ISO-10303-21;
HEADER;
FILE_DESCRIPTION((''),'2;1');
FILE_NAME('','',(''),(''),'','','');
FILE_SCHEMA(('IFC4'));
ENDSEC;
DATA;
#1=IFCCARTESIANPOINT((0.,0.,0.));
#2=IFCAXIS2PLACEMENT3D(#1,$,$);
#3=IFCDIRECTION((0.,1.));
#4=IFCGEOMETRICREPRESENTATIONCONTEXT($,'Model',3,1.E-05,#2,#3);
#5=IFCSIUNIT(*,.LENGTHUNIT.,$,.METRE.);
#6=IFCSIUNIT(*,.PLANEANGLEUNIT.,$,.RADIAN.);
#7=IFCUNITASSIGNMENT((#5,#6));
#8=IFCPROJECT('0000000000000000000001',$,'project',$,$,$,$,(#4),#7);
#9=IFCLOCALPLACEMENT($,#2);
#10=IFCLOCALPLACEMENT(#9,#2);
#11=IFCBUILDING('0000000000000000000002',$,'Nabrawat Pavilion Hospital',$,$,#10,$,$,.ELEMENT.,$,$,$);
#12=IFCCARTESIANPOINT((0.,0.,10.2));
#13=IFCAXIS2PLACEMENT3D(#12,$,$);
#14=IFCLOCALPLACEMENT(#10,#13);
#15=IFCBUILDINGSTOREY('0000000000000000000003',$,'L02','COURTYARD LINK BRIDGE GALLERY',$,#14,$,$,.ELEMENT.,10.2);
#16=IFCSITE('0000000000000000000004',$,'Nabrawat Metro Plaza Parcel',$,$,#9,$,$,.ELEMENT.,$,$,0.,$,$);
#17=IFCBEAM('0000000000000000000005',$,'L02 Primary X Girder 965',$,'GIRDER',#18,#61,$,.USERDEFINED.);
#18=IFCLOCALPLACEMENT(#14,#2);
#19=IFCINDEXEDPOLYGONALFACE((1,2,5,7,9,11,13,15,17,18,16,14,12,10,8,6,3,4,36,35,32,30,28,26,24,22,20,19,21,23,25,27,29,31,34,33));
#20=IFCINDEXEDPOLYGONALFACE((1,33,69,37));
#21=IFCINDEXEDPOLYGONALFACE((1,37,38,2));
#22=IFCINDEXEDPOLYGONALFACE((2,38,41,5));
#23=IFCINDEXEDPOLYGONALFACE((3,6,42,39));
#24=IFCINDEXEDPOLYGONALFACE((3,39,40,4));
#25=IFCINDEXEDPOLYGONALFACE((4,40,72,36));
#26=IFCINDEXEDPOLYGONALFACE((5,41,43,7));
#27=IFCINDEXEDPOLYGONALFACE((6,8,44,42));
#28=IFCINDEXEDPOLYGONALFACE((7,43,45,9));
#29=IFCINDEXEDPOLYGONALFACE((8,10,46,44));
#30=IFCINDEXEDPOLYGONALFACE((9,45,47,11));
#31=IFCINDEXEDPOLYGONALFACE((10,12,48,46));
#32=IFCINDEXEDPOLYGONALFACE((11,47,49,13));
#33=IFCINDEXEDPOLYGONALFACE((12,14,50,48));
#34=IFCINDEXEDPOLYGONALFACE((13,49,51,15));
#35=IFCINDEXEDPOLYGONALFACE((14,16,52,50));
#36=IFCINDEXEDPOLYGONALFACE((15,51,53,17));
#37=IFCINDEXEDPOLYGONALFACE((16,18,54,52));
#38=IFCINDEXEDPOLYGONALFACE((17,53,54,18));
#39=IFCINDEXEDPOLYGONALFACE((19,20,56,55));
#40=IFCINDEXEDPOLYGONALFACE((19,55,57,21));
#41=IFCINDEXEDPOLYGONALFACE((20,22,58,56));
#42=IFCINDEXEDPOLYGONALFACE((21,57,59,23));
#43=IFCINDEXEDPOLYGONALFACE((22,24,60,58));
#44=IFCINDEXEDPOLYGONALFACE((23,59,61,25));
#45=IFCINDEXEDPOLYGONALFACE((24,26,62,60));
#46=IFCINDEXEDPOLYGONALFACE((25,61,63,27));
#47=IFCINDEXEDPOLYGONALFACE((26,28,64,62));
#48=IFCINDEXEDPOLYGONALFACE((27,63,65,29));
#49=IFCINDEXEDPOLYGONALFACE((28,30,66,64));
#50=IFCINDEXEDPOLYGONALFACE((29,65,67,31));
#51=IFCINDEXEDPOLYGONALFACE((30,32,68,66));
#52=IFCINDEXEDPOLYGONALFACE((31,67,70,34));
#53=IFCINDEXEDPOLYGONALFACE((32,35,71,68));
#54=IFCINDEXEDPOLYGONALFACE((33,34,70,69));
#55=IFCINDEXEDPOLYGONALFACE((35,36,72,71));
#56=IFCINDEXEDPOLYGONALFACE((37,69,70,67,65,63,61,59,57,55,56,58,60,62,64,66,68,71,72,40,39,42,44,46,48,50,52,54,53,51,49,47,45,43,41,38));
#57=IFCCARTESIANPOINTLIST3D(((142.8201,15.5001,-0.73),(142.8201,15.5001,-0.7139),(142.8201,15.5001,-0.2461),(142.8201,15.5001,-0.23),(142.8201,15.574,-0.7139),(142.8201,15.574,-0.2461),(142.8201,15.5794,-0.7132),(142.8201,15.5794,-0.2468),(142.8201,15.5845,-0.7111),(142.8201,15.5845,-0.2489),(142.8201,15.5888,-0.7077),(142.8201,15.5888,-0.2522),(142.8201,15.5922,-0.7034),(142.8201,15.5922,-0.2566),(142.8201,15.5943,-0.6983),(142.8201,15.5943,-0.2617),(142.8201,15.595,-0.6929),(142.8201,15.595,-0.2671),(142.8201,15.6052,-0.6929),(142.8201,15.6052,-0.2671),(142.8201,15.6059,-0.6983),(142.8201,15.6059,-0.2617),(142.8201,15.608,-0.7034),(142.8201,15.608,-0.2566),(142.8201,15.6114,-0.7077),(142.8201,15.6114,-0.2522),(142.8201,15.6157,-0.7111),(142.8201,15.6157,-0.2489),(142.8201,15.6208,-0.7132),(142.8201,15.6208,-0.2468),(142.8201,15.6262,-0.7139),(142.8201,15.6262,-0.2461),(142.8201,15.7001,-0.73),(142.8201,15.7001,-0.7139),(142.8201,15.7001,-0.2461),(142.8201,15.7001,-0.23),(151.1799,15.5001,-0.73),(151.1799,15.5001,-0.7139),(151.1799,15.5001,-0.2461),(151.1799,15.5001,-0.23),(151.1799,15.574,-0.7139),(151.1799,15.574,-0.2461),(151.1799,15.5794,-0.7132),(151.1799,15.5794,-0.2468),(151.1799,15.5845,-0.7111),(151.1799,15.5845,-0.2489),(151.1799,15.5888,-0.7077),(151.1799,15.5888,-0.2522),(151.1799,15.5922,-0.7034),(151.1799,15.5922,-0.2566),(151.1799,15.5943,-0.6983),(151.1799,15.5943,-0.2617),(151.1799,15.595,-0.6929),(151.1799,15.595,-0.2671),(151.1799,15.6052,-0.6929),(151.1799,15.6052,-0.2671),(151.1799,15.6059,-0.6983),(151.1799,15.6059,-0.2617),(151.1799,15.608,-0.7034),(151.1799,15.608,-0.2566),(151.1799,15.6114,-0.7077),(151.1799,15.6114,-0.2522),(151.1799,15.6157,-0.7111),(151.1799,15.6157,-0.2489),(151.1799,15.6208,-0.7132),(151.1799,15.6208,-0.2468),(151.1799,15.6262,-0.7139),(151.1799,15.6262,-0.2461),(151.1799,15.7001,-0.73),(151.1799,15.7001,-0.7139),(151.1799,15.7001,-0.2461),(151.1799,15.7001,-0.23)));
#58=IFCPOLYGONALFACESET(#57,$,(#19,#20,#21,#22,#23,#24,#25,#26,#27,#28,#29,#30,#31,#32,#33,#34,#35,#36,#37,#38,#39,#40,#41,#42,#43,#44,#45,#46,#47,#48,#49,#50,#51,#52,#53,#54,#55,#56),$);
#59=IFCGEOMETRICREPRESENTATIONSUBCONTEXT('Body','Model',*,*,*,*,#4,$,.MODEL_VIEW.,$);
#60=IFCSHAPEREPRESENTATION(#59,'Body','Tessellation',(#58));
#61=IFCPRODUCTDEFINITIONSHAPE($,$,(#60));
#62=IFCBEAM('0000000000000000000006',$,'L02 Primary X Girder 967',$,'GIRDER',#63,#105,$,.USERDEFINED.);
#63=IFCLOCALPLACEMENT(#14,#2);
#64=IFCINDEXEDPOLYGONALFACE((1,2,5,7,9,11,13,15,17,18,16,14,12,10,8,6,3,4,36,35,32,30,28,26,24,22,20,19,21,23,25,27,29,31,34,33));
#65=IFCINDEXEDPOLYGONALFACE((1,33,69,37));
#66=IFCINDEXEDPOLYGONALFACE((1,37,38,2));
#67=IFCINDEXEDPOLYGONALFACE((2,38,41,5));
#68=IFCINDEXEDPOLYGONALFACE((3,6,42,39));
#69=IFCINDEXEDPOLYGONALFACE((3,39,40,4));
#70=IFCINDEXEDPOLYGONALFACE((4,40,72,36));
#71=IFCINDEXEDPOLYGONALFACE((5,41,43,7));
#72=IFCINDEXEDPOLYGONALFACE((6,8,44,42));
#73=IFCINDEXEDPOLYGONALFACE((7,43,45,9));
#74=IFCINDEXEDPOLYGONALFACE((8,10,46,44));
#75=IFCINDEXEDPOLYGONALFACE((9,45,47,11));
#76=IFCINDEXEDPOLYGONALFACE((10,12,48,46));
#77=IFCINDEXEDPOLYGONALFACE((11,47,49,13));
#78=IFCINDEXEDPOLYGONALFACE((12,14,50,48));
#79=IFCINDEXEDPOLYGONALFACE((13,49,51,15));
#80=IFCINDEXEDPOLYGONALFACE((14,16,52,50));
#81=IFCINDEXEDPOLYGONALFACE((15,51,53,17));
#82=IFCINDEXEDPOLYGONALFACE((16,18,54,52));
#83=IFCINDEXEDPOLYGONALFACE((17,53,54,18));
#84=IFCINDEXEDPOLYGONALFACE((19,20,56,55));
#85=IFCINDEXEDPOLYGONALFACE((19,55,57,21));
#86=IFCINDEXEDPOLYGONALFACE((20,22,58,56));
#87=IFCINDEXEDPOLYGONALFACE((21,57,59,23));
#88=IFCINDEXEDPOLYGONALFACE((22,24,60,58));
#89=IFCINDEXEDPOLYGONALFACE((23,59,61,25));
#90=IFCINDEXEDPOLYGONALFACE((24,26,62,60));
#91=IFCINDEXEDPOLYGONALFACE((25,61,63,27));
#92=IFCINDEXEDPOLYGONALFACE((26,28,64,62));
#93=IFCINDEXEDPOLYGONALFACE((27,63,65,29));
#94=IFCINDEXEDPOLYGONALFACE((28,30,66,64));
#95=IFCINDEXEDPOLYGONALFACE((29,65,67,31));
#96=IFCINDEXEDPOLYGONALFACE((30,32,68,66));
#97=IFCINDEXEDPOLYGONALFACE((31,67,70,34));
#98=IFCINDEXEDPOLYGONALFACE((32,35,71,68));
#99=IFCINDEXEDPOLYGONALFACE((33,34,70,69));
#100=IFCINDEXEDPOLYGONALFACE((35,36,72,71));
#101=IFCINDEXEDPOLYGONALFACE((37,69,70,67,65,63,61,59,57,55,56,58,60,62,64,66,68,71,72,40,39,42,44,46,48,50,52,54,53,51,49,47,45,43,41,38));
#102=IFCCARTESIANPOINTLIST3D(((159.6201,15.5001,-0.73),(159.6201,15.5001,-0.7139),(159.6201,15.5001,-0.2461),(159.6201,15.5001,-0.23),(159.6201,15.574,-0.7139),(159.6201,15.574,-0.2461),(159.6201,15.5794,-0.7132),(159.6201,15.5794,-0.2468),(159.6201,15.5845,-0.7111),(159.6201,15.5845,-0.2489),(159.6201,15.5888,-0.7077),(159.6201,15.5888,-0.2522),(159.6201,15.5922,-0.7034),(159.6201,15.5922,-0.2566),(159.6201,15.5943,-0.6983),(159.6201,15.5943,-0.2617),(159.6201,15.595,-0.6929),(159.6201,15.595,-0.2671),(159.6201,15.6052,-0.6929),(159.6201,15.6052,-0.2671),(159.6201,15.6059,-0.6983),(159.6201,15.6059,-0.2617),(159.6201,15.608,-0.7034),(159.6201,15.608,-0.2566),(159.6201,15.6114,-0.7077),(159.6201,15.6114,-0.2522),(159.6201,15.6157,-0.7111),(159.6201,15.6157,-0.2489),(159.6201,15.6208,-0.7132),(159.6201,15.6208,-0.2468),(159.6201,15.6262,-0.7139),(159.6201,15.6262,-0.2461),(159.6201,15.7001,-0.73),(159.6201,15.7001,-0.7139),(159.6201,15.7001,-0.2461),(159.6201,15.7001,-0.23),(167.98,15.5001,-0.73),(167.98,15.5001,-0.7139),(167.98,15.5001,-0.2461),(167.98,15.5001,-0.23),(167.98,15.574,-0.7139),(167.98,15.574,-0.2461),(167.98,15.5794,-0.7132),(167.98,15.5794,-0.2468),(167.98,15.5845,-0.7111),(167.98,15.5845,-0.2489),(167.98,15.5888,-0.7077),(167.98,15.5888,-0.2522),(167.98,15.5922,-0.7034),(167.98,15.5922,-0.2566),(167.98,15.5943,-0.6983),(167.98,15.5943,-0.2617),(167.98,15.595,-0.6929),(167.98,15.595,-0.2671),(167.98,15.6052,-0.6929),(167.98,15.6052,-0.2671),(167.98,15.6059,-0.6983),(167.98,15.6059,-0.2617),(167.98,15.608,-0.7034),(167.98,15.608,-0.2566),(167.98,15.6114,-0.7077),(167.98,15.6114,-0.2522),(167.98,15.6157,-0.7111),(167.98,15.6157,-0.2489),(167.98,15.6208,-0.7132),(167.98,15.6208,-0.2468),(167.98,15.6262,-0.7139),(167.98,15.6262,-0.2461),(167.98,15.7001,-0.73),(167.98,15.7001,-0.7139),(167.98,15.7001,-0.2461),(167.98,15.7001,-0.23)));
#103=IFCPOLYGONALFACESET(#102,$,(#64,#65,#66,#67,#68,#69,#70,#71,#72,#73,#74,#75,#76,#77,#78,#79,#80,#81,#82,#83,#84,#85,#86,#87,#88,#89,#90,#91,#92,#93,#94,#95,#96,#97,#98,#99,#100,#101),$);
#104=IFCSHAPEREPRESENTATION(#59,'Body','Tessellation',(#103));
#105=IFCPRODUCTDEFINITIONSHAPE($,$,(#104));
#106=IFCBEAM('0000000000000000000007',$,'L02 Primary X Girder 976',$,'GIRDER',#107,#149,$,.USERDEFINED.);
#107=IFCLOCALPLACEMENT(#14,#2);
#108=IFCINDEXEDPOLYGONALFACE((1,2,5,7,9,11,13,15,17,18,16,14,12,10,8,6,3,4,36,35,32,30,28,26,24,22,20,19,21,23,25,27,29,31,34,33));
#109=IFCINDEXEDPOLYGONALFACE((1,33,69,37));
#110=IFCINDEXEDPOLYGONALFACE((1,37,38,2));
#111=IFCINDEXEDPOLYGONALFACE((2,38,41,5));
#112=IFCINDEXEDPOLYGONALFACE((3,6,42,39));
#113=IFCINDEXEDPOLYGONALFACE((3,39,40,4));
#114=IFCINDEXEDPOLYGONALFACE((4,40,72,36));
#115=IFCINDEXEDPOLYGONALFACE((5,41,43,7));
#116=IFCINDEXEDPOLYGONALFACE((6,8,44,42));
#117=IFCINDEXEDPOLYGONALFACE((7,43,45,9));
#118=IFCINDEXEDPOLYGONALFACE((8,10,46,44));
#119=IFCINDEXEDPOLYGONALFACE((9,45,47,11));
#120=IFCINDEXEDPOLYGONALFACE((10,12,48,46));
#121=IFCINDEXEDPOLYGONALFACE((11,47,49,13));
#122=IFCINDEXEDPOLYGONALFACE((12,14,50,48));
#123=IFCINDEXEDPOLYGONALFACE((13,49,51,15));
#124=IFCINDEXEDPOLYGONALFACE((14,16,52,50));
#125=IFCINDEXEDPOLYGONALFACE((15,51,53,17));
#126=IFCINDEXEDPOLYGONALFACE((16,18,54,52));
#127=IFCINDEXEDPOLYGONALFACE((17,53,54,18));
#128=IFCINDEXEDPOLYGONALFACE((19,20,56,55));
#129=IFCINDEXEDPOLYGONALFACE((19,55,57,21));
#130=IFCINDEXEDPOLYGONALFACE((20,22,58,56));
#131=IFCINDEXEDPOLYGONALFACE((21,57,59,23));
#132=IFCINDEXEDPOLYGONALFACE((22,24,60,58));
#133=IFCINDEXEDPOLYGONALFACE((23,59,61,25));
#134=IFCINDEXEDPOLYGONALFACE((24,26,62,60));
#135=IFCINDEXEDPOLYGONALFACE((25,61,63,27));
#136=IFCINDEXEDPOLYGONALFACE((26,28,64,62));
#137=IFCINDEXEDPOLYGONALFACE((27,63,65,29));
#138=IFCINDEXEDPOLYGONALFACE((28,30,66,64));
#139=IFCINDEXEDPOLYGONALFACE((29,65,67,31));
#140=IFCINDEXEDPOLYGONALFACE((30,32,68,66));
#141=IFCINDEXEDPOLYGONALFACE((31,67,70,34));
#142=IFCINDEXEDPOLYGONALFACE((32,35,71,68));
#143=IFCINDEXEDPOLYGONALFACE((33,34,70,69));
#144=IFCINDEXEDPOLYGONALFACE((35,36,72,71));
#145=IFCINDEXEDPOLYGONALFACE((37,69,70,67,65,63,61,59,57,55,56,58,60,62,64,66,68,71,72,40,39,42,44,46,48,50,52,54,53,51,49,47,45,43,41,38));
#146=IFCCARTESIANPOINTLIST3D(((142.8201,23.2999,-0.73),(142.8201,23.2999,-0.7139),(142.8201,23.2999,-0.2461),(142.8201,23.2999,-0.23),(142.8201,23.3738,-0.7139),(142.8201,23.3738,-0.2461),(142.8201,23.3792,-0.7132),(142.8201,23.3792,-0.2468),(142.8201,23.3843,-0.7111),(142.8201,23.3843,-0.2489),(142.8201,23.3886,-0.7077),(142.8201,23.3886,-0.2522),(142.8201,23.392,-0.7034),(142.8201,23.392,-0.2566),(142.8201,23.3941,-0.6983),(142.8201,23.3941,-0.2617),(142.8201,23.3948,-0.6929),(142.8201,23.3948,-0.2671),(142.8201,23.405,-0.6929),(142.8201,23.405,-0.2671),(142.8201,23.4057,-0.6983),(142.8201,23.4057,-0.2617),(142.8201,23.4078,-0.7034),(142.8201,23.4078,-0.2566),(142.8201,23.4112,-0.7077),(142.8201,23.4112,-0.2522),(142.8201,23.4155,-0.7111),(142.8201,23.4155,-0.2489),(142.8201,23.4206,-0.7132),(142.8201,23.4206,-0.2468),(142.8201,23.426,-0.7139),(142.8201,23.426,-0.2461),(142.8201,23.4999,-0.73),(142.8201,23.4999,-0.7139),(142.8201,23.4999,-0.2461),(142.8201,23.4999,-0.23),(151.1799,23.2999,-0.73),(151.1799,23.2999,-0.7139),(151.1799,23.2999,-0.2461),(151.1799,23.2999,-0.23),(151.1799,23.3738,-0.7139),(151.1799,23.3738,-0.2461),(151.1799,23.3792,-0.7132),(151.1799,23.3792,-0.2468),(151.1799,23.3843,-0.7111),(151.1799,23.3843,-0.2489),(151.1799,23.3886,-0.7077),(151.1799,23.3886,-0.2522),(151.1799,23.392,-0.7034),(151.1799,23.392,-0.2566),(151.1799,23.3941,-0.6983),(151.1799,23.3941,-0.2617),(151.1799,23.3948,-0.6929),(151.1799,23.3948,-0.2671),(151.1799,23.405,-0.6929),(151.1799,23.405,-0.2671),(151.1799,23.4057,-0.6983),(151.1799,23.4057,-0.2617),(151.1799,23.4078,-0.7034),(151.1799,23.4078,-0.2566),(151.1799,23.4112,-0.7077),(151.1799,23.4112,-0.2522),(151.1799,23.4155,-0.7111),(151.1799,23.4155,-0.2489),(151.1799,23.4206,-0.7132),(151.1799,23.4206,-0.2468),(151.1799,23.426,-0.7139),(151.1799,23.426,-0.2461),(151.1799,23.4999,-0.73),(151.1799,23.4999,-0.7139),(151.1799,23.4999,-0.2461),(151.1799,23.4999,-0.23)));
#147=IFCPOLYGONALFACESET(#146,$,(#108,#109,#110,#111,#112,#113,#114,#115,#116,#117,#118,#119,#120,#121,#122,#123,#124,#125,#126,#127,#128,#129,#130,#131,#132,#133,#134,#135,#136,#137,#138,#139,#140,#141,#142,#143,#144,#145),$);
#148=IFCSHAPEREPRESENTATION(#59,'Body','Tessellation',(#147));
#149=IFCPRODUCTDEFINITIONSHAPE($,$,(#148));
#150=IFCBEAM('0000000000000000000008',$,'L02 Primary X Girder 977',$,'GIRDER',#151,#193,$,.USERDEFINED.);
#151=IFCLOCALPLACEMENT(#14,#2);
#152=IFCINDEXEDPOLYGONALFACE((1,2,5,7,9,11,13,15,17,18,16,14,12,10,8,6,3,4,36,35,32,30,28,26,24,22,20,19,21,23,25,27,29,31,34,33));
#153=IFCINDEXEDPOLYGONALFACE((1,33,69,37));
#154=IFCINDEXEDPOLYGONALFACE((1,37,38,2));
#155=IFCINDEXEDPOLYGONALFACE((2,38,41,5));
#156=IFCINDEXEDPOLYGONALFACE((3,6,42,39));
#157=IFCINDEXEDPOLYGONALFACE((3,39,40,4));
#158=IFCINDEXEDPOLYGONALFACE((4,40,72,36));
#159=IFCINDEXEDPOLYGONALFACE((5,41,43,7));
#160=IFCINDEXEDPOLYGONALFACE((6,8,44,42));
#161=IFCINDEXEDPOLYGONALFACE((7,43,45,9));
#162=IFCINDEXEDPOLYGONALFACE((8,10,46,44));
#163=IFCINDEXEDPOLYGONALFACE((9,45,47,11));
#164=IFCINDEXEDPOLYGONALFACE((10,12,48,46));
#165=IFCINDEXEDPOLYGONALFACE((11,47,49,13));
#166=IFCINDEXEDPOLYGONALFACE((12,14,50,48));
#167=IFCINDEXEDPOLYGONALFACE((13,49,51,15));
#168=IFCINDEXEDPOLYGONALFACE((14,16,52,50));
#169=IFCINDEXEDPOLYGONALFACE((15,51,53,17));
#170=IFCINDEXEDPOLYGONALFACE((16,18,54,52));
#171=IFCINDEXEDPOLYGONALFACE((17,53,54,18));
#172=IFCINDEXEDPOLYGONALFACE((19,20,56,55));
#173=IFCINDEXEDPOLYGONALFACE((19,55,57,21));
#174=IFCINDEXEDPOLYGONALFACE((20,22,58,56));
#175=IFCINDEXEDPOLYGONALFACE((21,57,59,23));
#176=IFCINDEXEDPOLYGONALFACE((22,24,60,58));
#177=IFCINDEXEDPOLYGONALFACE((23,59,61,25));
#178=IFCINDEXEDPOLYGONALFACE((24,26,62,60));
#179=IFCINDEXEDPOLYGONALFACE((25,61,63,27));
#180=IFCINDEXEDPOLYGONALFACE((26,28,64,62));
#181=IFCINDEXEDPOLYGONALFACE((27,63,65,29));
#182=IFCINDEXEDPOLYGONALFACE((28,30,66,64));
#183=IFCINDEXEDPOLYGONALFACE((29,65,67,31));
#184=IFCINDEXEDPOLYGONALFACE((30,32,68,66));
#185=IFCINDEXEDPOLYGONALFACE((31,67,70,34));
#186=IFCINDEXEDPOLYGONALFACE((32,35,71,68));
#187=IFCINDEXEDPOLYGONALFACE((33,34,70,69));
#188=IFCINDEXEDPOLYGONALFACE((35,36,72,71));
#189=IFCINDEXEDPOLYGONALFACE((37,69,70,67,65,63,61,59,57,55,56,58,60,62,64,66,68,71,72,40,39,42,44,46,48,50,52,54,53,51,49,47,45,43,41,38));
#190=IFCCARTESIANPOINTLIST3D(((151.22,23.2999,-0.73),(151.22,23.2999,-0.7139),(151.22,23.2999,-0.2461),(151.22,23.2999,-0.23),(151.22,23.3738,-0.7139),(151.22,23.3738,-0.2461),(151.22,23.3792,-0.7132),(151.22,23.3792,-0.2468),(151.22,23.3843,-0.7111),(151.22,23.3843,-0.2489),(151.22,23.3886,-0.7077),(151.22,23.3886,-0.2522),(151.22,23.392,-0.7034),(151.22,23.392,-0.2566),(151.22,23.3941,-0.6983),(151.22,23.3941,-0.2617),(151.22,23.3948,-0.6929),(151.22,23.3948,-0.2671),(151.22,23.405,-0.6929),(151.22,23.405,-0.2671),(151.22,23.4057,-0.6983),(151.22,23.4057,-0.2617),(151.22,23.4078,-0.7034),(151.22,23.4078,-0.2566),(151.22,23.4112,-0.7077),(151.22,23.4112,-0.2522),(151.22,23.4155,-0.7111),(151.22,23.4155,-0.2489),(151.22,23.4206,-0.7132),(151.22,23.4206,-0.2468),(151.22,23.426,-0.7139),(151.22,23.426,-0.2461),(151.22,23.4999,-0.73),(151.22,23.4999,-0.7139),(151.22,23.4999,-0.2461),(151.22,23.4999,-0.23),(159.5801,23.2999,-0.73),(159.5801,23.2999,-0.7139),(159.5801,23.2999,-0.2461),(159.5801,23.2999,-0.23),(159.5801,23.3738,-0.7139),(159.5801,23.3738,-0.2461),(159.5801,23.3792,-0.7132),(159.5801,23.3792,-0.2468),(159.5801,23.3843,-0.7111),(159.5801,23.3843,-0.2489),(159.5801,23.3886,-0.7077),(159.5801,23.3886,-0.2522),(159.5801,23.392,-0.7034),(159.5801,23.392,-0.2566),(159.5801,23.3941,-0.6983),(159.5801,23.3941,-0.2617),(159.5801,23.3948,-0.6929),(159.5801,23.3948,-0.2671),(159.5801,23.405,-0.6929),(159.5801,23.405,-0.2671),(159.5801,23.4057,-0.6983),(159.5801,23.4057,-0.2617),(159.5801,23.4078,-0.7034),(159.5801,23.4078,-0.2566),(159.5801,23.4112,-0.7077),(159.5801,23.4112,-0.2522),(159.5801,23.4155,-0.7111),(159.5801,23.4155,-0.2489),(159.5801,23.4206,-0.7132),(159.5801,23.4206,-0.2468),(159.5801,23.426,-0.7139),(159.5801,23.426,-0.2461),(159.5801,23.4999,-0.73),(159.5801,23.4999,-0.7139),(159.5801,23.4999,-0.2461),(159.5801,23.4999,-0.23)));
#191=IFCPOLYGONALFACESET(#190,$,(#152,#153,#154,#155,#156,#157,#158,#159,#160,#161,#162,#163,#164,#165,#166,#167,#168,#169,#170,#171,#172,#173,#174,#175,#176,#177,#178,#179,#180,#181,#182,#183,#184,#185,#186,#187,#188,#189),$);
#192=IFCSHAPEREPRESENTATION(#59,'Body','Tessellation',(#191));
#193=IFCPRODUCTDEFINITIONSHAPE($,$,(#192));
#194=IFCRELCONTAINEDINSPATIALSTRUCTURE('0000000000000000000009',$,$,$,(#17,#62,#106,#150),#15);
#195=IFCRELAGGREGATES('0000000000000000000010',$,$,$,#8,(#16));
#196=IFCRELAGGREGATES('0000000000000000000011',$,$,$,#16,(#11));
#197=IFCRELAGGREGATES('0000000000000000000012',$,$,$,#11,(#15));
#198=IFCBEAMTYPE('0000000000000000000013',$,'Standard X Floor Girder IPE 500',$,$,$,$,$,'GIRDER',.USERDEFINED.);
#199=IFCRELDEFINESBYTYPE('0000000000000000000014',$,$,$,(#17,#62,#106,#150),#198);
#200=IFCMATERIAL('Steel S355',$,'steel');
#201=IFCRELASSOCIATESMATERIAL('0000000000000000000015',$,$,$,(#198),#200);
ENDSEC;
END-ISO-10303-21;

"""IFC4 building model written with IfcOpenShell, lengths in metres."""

from ifc_helpers import new_model, si_unit, direction, frame, origin, origin_2d, place, context, subcontext, project, spatial, i_section, extrude, material, material_profile, profile_set, type_object, element, save


model = new_model("IFC4")

# Units and contexts
model_context = context("Model", 3, precision=1e-05, world=origin(), true_north=direction((0.0, 1.0)))
body_context = subcontext(model_context, "Body", "Model", "MODEL_VIEW")
ifc_project = project(units=[si_unit("LENGTHUNIT", "METRE"), si_unit("PLANEANGLEUNIT", "RADIAN")], contexts=[model_context])

# Site, building, storey
site_placement = place(None, origin())
site = spatial("IfcSite", under=ifc_project, at=site_placement, Name="Nabrawat Metro Plaza Parcel", CompositionType="ELEMENT", RefElevation=0.0)
building_placement = place(site_placement, origin())
building = spatial("IfcBuilding", under=site, at=building_placement, Name="Nabrawat Pavilion Hospital", CompositionType="ELEMENT")
storey_placement = place(building_placement, frame((0.0, 0.0, 10.2)))
storey = spatial("IfcBuildingStorey", under=building, at=storey_placement, Name="L02", Description="COURTYARD LINK BRIDGE GALLERY", CompositionType="ELEMENT", Elevation=10.2)

# Shared definitions
ifc_material_1 = material(Name="Steel S355", Category="steel")

# Beams
ifc_material_profile_1 = material_profile(ifc_material_1, i_section(OverallWidth=0.2, OverallDepth=0.5, WebThickness=0.0103, FlangeThickness=0.0161, FilletRadius=0.021, at=origin_2d()), Name="IPE 500")
ifc_profile_set_1 = profile_set([ifc_material_profile_1], Name="Steel S355")
beam_type_1 = type_object("IfcBeamType", Name="Standard X Floor Girder IPE 500", ElementType="GIRDER", PredefinedType="USERDEFINED", material=ifc_profile_set_1)
for number, where, z_axis, x_axis, name in (
    (1, (142.8201, 15.6001, -0.48), (1.0, 0.0, 0.0), (0.0, 1.0, 0.0), "L02 Primary X Girder 965"),
    (2, (159.6201, 15.6001, -0.48), (1.0, 0.0, 0.0), (0.0, 1.0, 0.0), "L02 Primary X Girder 967"),
    (3, (142.8201, 23.3999, -0.48), (1.0, 0.0, 0.0), (0.0, 1.0, 0.0), "L02 Primary X Girder 976"),
):
    element("IfcBeam", number, at=place(storey_placement, frame(where, z_axis=z_axis, x_axis=x_axis)), inside=storey, type_object=beam_type_1, Name=name, ObjectType="GIRDER", PredefinedType="USERDEFINED", context=body_context, shape_type="SweptSolid", body=[
        extrude(i_section(OverallWidth=0.2, OverallDepth=0.5, WebThickness=0.0103, FlangeThickness=0.0161, FilletRadius=0.021, at=origin_2d()), origin(), (0.0, 0.0, 1.0), 8.3599),
    ])
beam_1_placement = place(storey_placement, frame((151.22, 23.3999, -0.48), z_axis=(1.0, 0.0, 0.0), x_axis=(0.0, 1.0, 0.0)))
element("IfcBeam", 4, at=beam_1_placement, inside=storey, type_object=beam_type_1, Name="L02 Primary X Girder 977", ObjectType="GIRDER", PredefinedType="USERDEFINED", context=body_context, shape_type="SweptSolid", body=[
    extrude(i_section(OverallWidth=0.2, OverallDepth=0.5, WebThickness=0.0103, FlangeThickness=0.0161, FilletRadius=0.021, at=origin_2d()), origin(), (0.0, 0.0, 1.0), 8.3601),
])

save(model, "model.ifc")
